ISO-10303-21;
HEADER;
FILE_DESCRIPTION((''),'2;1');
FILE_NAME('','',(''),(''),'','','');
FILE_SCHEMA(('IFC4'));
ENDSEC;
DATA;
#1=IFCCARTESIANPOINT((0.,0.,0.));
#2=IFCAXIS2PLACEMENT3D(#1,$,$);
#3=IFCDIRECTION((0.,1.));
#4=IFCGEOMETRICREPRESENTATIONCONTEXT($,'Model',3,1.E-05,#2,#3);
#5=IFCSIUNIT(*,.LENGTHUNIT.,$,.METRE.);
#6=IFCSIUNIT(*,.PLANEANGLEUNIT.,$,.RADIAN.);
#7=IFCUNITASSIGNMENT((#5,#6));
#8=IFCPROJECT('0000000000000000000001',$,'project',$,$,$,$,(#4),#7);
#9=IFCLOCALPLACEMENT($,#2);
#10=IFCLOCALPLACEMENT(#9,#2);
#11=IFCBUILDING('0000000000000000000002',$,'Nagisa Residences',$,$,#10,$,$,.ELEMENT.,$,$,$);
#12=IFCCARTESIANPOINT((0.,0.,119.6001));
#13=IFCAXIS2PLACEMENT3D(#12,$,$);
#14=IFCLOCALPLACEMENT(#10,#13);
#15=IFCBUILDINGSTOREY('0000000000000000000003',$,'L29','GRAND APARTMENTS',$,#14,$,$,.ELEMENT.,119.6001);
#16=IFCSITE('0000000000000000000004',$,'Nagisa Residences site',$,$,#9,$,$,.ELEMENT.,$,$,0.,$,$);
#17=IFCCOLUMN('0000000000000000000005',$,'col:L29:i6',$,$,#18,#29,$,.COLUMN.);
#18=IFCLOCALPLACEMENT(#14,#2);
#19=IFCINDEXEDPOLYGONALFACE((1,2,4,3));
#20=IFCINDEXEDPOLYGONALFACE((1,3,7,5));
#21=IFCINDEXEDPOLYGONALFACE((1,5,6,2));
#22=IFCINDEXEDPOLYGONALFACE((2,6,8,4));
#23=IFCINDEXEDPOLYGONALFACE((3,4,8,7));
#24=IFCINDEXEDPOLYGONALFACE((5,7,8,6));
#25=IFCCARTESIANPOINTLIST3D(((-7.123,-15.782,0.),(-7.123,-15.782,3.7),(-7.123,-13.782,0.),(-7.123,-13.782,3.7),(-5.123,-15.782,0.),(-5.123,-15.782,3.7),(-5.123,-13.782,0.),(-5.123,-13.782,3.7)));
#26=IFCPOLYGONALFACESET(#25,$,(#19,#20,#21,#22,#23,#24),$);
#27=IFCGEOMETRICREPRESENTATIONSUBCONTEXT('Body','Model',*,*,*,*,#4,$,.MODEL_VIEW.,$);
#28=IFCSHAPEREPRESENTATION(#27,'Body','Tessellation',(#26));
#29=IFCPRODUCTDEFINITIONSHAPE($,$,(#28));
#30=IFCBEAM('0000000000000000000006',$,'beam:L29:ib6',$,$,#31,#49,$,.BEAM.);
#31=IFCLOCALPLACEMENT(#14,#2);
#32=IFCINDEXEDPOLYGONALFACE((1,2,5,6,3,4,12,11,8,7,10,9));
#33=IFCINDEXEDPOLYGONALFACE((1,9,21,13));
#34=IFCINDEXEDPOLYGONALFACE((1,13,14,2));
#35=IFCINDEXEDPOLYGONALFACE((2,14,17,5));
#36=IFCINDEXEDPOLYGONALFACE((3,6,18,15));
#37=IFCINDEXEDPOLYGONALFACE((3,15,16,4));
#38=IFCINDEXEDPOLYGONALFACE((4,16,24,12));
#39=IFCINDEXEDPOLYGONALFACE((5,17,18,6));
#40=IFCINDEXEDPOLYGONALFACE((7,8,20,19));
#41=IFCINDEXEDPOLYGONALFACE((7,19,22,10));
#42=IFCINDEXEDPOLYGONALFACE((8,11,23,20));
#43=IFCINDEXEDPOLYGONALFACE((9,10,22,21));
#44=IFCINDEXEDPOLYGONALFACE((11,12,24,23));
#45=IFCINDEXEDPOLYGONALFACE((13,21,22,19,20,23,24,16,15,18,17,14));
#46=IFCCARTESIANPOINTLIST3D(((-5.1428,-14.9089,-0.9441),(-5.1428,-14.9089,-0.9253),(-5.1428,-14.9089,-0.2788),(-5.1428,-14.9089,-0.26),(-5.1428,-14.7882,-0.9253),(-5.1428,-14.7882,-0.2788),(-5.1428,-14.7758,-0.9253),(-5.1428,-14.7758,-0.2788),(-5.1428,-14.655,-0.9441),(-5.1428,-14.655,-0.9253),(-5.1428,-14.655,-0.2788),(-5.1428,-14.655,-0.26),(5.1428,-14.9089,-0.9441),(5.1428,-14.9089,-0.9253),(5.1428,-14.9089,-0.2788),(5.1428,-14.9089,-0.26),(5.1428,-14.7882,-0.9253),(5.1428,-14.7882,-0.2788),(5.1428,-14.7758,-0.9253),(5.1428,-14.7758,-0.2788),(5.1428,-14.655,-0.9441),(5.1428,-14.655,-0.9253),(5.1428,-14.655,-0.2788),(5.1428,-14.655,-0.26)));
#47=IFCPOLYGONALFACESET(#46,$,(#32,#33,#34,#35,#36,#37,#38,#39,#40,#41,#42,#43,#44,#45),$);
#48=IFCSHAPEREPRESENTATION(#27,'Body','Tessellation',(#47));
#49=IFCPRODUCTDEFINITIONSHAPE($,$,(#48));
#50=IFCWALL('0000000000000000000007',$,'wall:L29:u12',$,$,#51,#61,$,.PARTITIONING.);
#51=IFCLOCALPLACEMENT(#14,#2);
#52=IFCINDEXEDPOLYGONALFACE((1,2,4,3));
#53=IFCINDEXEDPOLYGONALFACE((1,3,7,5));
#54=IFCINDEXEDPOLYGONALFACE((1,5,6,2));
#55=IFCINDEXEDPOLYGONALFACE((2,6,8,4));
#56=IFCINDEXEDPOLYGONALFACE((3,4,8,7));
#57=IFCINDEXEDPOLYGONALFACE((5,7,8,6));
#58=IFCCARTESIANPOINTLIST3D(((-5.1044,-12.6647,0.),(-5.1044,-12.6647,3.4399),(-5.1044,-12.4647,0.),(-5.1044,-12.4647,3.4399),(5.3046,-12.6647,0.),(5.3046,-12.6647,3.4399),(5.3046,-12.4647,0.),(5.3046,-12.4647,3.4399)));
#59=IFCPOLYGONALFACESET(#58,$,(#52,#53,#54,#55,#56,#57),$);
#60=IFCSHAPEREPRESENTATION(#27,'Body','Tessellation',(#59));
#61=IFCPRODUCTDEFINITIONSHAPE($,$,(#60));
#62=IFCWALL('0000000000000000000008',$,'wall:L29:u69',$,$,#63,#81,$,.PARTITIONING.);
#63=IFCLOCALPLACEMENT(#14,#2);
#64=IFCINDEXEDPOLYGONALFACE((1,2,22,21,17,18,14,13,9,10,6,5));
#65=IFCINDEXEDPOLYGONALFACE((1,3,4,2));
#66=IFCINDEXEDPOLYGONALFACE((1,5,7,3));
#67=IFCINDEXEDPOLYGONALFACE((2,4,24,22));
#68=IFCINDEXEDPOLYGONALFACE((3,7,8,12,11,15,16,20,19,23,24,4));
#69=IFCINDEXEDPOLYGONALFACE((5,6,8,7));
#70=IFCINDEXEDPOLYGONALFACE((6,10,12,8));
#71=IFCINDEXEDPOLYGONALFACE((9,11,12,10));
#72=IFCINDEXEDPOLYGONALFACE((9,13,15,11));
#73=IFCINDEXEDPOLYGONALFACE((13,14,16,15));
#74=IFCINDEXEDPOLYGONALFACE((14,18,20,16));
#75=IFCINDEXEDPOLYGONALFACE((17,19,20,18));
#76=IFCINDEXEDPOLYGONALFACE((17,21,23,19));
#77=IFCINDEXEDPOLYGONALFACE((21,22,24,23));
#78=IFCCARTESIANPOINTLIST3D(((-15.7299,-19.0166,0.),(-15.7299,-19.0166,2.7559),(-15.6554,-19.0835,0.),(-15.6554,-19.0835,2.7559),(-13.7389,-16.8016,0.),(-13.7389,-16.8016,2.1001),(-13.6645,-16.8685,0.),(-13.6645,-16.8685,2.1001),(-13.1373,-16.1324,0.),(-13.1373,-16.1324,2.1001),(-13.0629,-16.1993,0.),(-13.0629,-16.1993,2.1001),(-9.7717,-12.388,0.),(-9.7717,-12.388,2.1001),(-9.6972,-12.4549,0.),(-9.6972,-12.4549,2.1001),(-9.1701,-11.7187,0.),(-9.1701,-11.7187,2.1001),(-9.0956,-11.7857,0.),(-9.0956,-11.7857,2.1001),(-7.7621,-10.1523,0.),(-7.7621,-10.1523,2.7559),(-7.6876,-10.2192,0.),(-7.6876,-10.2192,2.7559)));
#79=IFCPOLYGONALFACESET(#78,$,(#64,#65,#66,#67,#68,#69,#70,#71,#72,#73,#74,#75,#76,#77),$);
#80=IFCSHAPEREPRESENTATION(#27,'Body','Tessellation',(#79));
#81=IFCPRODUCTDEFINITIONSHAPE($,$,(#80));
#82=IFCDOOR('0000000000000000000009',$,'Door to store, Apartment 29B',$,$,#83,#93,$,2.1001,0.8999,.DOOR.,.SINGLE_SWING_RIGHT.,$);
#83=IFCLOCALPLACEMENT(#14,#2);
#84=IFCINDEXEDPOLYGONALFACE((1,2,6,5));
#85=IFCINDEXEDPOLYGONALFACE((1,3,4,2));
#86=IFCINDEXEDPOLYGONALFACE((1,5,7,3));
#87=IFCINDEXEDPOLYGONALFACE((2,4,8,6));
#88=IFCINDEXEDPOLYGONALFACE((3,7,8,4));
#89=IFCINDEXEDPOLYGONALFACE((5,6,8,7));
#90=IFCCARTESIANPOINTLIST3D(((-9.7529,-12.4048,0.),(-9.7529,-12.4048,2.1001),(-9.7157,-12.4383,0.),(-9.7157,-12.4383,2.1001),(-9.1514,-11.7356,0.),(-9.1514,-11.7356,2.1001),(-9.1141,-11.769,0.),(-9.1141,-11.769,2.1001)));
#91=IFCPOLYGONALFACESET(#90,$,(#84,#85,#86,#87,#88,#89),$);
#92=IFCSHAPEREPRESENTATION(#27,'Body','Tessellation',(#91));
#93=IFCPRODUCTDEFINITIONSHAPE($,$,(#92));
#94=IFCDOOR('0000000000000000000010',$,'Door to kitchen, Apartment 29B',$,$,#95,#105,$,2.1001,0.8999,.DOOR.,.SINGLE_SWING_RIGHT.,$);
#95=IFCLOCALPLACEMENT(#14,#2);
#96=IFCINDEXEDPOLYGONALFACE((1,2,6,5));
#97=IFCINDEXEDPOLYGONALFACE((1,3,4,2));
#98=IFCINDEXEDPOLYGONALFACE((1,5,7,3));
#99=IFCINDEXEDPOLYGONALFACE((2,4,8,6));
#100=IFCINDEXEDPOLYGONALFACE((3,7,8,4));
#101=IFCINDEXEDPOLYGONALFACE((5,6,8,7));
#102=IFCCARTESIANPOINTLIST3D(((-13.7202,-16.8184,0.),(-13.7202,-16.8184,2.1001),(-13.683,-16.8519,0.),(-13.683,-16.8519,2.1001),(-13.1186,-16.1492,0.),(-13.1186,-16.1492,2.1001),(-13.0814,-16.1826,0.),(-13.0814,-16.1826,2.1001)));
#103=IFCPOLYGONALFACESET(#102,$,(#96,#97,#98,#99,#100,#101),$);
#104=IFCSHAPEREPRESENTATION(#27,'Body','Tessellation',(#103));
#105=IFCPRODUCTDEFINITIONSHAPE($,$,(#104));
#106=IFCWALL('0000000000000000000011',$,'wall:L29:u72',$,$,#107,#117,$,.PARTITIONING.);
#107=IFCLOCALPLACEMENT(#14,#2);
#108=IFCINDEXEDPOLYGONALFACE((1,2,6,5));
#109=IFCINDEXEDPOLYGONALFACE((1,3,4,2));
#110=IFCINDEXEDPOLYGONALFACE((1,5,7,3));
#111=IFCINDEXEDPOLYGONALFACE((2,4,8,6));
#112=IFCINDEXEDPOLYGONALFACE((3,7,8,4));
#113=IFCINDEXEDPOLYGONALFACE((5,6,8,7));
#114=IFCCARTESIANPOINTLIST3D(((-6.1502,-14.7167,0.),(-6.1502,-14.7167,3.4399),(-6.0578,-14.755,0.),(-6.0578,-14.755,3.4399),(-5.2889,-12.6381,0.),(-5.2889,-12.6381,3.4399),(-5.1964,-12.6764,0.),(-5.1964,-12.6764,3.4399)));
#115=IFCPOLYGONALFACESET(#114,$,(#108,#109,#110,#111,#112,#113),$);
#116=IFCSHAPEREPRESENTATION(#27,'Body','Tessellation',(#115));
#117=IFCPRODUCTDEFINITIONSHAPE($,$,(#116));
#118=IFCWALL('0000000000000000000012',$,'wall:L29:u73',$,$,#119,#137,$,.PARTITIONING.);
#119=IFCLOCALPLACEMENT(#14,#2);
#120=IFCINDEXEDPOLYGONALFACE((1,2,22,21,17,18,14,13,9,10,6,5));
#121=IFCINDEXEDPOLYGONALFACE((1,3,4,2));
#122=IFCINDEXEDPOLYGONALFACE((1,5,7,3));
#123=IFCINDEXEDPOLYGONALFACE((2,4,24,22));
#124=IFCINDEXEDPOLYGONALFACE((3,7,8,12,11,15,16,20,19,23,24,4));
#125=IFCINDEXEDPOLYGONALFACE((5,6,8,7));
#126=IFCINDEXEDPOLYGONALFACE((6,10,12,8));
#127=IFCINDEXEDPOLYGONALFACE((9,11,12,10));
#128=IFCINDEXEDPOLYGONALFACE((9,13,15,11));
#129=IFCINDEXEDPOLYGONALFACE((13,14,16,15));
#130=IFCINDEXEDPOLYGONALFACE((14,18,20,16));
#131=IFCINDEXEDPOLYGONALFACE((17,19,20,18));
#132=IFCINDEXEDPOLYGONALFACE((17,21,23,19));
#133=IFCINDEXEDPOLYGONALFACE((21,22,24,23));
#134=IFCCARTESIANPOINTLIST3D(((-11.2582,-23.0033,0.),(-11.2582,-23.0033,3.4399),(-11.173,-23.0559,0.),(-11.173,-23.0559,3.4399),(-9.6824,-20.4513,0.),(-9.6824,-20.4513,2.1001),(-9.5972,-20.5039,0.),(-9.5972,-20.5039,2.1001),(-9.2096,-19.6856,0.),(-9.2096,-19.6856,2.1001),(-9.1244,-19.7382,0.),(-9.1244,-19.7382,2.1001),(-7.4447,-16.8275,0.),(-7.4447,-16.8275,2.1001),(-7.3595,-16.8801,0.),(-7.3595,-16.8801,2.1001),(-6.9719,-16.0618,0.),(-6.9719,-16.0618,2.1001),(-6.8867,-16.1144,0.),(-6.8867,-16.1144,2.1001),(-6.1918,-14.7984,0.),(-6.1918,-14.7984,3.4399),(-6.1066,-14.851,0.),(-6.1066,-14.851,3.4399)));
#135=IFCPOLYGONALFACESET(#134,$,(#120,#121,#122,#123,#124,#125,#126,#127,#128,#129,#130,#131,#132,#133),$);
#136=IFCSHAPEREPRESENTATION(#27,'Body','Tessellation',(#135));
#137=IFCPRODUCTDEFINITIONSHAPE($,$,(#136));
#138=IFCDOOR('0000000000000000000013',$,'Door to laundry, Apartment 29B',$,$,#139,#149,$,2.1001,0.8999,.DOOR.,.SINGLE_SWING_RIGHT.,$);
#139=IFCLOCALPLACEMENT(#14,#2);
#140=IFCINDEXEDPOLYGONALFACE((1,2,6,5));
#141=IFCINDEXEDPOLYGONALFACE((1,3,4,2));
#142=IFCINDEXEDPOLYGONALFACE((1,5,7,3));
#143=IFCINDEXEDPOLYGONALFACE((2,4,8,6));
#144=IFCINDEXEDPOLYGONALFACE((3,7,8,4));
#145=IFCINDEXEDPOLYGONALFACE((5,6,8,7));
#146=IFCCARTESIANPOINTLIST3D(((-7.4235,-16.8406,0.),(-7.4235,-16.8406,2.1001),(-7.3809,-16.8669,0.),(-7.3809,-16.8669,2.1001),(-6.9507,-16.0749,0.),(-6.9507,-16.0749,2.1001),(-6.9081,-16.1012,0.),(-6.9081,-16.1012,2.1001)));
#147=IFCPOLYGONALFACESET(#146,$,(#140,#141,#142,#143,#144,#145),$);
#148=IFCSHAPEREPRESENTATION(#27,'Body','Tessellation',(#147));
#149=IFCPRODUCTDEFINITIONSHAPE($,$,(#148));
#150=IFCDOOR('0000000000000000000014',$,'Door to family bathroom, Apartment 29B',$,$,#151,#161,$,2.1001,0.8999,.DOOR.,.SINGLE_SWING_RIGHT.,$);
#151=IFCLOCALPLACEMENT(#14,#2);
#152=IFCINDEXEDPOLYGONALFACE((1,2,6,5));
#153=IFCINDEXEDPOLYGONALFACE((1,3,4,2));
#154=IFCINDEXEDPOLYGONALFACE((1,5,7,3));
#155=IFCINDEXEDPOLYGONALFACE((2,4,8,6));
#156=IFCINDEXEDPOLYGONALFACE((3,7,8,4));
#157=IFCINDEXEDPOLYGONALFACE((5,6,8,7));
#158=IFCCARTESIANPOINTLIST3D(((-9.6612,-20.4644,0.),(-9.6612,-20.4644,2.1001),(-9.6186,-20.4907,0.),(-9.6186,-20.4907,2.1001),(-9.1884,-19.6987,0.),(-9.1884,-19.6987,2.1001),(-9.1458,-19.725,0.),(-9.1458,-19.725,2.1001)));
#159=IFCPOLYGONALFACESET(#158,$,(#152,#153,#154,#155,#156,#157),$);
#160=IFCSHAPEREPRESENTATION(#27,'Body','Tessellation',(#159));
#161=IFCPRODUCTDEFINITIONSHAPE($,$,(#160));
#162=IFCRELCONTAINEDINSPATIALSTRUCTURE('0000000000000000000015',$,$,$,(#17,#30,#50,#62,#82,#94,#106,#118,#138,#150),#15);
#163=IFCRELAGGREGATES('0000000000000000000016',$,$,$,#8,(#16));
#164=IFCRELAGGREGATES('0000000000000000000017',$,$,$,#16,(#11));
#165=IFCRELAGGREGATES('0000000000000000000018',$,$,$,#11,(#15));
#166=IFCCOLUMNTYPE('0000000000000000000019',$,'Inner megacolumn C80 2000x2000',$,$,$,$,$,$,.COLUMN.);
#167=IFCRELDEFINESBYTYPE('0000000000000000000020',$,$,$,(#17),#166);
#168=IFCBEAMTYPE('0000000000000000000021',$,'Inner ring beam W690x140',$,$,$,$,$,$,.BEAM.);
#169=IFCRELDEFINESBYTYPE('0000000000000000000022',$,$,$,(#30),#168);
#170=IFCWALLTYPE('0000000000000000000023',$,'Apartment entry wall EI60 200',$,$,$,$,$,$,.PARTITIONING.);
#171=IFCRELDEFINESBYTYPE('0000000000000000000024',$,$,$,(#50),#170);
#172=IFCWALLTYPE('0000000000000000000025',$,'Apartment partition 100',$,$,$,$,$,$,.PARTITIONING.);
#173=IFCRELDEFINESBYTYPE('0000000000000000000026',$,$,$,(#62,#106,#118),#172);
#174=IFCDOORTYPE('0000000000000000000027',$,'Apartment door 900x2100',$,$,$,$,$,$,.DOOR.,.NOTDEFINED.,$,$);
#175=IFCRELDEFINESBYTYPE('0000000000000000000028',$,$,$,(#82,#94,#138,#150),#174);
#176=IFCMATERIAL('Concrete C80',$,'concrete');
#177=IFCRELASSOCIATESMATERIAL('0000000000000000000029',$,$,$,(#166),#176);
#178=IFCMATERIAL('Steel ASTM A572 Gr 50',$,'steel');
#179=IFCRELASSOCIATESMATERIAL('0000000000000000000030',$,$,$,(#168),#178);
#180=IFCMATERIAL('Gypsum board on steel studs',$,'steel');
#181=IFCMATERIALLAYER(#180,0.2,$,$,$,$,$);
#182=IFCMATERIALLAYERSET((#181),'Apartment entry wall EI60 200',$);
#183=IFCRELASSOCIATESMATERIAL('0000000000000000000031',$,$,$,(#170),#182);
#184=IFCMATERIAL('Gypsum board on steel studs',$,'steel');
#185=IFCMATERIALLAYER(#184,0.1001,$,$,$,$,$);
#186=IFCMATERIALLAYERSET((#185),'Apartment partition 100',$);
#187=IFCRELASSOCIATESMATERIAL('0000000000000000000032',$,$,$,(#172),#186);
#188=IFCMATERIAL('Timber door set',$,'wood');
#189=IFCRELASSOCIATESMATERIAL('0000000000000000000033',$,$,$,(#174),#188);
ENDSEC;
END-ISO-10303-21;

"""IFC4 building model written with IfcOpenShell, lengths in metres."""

from ifc_helpers import new_model, si_unit, direction, frame, frame_2d, origin, origin_2d, place, context, subcontext, project, spatial, rectangle, i_section, extrude, material, layer, layer_set, material_profile, profile_set, type_object, element, fill, save


model = new_model("IFC4")

# Units and contexts
model_context = context("Model", 3, precision=1e-05, world=origin(), true_north=direction((0.0, 1.0)))
body_context = subcontext(model_context, "Body", "Model", "MODEL_VIEW")
ifc_project = project(units=[si_unit("LENGTHUNIT", "METRE"), si_unit("PLANEANGLEUNIT", "RADIAN")], contexts=[model_context])

# Site, building, storey
site_placement = place(None, origin())
site = spatial("IfcSite", under=ifc_project, at=site_placement, Name="Nagisa Residences site", CompositionType="ELEMENT", RefElevation=0.0)
building_placement = place(site_placement, origin())
building = spatial("IfcBuilding", under=site, at=building_placement, Name="Nagisa Residences", CompositionType="ELEMENT")
storey_placement = place(building_placement, frame((0.0, 0.0, 119.6001)))
storey = spatial("IfcBuildingStorey", under=building, at=storey_placement, Name="L29", Description="GRAND APARTMENTS", CompositionType="ELEMENT", Elevation=119.6001)

# Column
ifc_material_1 = material(Name="Concrete C80", Category="concrete")
ifc_material_profile_1 = material_profile(ifc_material_1, rectangle(XDim=2.0, YDim=2.0, at=origin_2d()), Name="C80 2000x2000")
ifc_profile_set_1 = profile_set([ifc_material_profile_1], Name="Concrete C80")
column_type = type_object("IfcColumnType", Name="Inner megacolumn C80 2000x2000", PredefinedType="COLUMN", material=ifc_profile_set_1)
column_placement = place(storey_placement, frame((-6.123, -14.782, 0.0), z_axis=(0.0, 0.0, 1.0), x_axis=(1.0, 0.0, 0.0)))
element("IfcColumn", 1, at=column_placement, inside=storey, type_object=column_type, Name="col:L29:i6", PredefinedType="COLUMN", context=body_context, shape_type="SweptSolid", body=[
    extrude(rectangle(XDim=2.0, YDim=2.0, at=origin_2d()), origin(), (0.0, 0.0, 1.0), 3.7),
])

# Beam
ifc_material_2 = material(Name="Steel ASTM A572 Gr 50", Category="steel")
ifc_material_profile_2 = material_profile(ifc_material_2, i_section(OverallWidth=0.2539, OverallDepth=0.6841, WebThickness=0.0125, FlangeThickness=0.0188, at=origin_2d()), Name="W690x140")
ifc_profile_set_2 = profile_set([ifc_material_profile_2], Name="Steel ASTM A572 Gr 50")
beam_type = type_object("IfcBeamType", Name="Inner ring beam W690x140", PredefinedType="BEAM", material=ifc_profile_set_2)
beam_placement = place(storey_placement, frame((-5.1428, -14.782, -0.6021), z_axis=(1.0, 0.0, 0.0), x_axis=(0.0, 1.0, 0.0)))
element("IfcBeam", 2, at=beam_placement, inside=storey, type_object=beam_type, Name="beam:L29:ib6", PredefinedType="BEAM", context=body_context, shape_type="SweptSolid", body=[
    extrude(i_section(OverallWidth=0.2539, OverallDepth=0.6841, WebThickness=0.0125, FlangeThickness=0.0188, at=origin_2d()), origin(), (0.0, 0.0, 1.0), 10.2856),
])

# Wall
ifc_material_3 = material(Name="Gypsum board on steel studs", Category="steel")
ifc_layer_1 = layer(ifc_material_3, 0.2)
ifc_layer_set_1 = layer_set([ifc_layer_1], Name="Apartment entry wall EI60 200")
wall_type_1 = type_object("IfcWallType", Name="Apartment entry wall EI60 200", PredefinedType="PARTITIONING", material=ifc_layer_set_1)
wall_1_placement = place(storey_placement, frame((-5.1045, -12.5647, 0.0), z_axis=(0.0, 0.0, 1.0), x_axis=(1.0, 0.0, 0.0)))
element("IfcWall", 3, at=wall_1_placement, inside=storey, type_object=wall_type_1, Name="wall:L29:u12", PredefinedType="PARTITIONING", context=body_context, shape_type="SweptSolid", body=[
    extrude(rectangle(XDim=10.4089, YDim=0.2, at=frame_2d((5.2046, 0.0))), origin(), (0.0, 0.0, 1.0), 3.4399),
])

# Wall, openings, doors
ifc_material_4 = material(Name="Gypsum board on steel studs", Category="steel")
ifc_layer_2 = layer(ifc_material_4, 0.1001)
ifc_layer_set_2 = layer_set([ifc_layer_2], Name="Apartment partition 100")
wall_type_2 = type_object("IfcWallType", Name="Apartment partition 100", PredefinedType="PARTITIONING", material=ifc_layer_set_2)
wall_2_placement = place(storey_placement, frame((-7.7249, -10.1858, 0.0), z_axis=(0.0, 0.0, 1.0), x_axis=(-0.668498, -0.743714, 0.0)))
wall_2 = element("IfcWall", 4, at=wall_2_placement, inside=storey, type_object=wall_type_2, Name="wall:L29:u69", PredefinedType="PARTITIONING", context=body_context, shape_type="SweptSolid", body=[
    extrude(rectangle(XDim=11.9189, YDim=0.1001, at=frame_2d((5.9595, 0.0))), origin(), (0.0, 0.0, 1.0), 2.7559),
])
opening_1_placement = place(wall_2_placement, frame((2.1062, 0.0, 0.0)))
opening_1 = element("IfcOpeningElement", 5, at=opening_1_placement, cuts=wall_2, PredefinedType="OPENING", context=body_context, shape_type="SweptSolid", body=[
    extrude(rectangle(XDim=0.8999, YDim=2.1001, at=frame_2d((0.45, 1.05))), frame((0.0, 0.0601, 0.0), z_axis=(0.0, -1.0, 0.0), x_axis=(1.0, 0.0, 0.0)), (0.0, 0.0, 1.0), 0.1201),
])
opening_2_placement = place(wall_2_placement, frame((8.0408, 0.0, 0.0)))
opening_2 = element("IfcOpeningElement", 6, at=opening_2_placement, cuts=wall_2, PredefinedType="OPENING", context=body_context, shape_type="SweptSolid", body=[
    extrude(rectangle(XDim=0.8999, YDim=2.1001, at=frame_2d((0.45, 1.05))), frame((0.0, 0.0601, 0.0), z_axis=(0.0, -1.0, 0.0), x_axis=(1.0, 0.0, 0.0)), (0.0, 0.0, 1.0), 0.1201),
])
ifc_material_5 = material(Name="Timber door set", Category="wood")
door_type_1 = type_object("IfcDoorType", Name="Apartment door 900x2100", OperationType="NOTDEFINED", PredefinedType="DOOR", material=ifc_material_5)
door_1_placement = place(opening_1_placement, frame((0.8999, 0.0, 0.0), x_axis=(-1.0, 0.0, 0.0)))
door_1 = element("IfcDoor", 7, at=door_1_placement, inside=storey, type_object=door_type_1, Name="Door to store, Apartment 29B", OperationType="SINGLE_SWING_RIGHT", OverallHeight=2.1001, OverallWidth=0.8999, PredefinedType="DOOR", context=body_context, shape_type="SweptSolid", body=[
    extrude(rectangle(XDim=0.8999, YDim=2.1001, at=frame_2d((0.45, 1.05))), frame((0.0, 0.0249, 0.0), z_axis=(0.0, -1.0, 0.0), x_axis=(1.0, 0.0, 0.0)), (0.0, 0.0, 1.0), 0.05),
])
fill(opening_1, door_1)
door_2_placement = place(opening_2_placement, frame((0.8999, 0.0, 0.0), x_axis=(-1.0, 0.0, 0.0)))
door_2 = element("IfcDoor", 8, at=door_2_placement, inside=storey, type_object=door_type_1, Name="Door to kitchen, Apartment 29B", OperationType="SINGLE_SWING_RIGHT", OverallHeight=2.1001, OverallWidth=0.8999, PredefinedType="DOOR", context=body_context, shape_type="SweptSolid", body=[
    extrude(rectangle(XDim=0.8999, YDim=2.1001, at=frame_2d((0.45, 1.05))), frame((0.0, 0.0249, 0.0), z_axis=(0.0, -1.0, 0.0), x_axis=(1.0, 0.0, 0.0)), (0.0, 0.0, 1.0), 0.05),
])
fill(opening_2, door_2)

# Wall
wall_3_placement = place(storey_placement, frame((-5.2427, -12.6572, 0.0), z_axis=(0.0, 0.0, 1.0), x_axis=(-0.382812, -0.923826, 0.0)))
element("IfcWall", 9, at=wall_3_placement, inside=storey, type_object=wall_type_2, Name="wall:L29:u72", PredefinedType="PARTITIONING", context=body_context, shape_type="SweptSolid", body=[
    extrude(rectangle(XDim=2.25, YDim=0.1001, at=frame_2d((1.125, 0.0))), origin(), (0.0, 0.0, 1.0), 3.4399),
])

# Wall, openings, doors
wall_4_placement = place(storey_placement, frame((-6.1492, -14.8247, 0.0), z_axis=(0.0, 0.0, 1.0), x_axis=(-0.525396, -0.850858, 0.0)))
wall_4 = element("IfcWall", 10, at=wall_4_placement, inside=storey, type_object=wall_type_2, Name="wall:L29:u73", PredefinedType="PARTITIONING", context=body_context, shape_type="SweptSolid", body=[
    extrude(rectangle(XDim=9.6431, YDim=0.1001, at=frame_2d((4.8215, 0.0))), origin(), (0.0, 0.0, 1.0), 3.4399),
])
opening_3_placement = place(wall_4_placement, frame((1.4849, 0.0, 0.0)))
opening_3 = element("IfcOpeningElement", 11, at=opening_3_placement, cuts=wall_4, PredefinedType="OPENING", context=body_context, shape_type="SweptSolid", body=[
    extrude(rectangle(XDim=0.8999, YDim=2.1001, at=frame_2d((0.45, 1.05))), frame((0.0, 0.0601, 0.0), z_axis=(0.0, -1.0, 0.0), x_axis=(1.0, 0.0, 0.0)), (0.0, 0.0, 1.0), 0.1201),
])
opening_4_placement = place(wall_4_placement, frame((5.7439, 0.0, 0.0)))
opening_4 = element("IfcOpeningElement", 12, at=opening_4_placement, cuts=wall_4, PredefinedType="OPENING", context=body_context, shape_type="SweptSolid", body=[
    extrude(rectangle(XDim=0.8999, YDim=2.1001, at=frame_2d((0.45, 1.05))), frame((0.0, 0.0601, 0.0), z_axis=(0.0, -1.0, 0.0), x_axis=(1.0, 0.0, 0.0)), (0.0, 0.0, 1.0), 0.1201),
])
door_3_placement = place(opening_3_placement, origin())
door_3 = element("IfcDoor", 13, at=door_3_placement, inside=storey, type_object=door_type_1, Name="Door to laundry, Apartment 29B", OperationType="SINGLE_SWING_RIGHT", OverallHeight=2.1001, OverallWidth=0.8999, PredefinedType="DOOR", context=body_context, shape_type="SweptSolid", body=[
    extrude(rectangle(XDim=0.8999, YDim=2.1001, at=frame_2d((0.45, 1.05))), frame((0.0, 0.0249, 0.0), z_axis=(0.0, -1.0, 0.0), x_axis=(1.0, 0.0, 0.0)), (0.0, 0.0, 1.0), 0.05),
])
fill(opening_3, door_3)
door_4_placement = place(opening_4_placement, origin())
door_4 = element("IfcDoor", 14, at=door_4_placement, inside=storey, type_object=door_type_1, Name="Door to family bathroom, Apartment 29B", OperationType="SINGLE_SWING_RIGHT", OverallHeight=2.1001, OverallWidth=0.8999, PredefinedType="DOOR", context=body_context, shape_type="SweptSolid", body=[
    extrude(rectangle(XDim=0.8999, YDim=2.1001, at=frame_2d((0.45, 1.05))), frame((0.0, 0.0249, 0.0), z_axis=(0.0, -1.0, 0.0), x_axis=(1.0, 0.0, 0.0)), (0.0, 0.0, 1.0), 0.05),
])
fill(opening_4, door_4)

save(model, "model.ifc")
